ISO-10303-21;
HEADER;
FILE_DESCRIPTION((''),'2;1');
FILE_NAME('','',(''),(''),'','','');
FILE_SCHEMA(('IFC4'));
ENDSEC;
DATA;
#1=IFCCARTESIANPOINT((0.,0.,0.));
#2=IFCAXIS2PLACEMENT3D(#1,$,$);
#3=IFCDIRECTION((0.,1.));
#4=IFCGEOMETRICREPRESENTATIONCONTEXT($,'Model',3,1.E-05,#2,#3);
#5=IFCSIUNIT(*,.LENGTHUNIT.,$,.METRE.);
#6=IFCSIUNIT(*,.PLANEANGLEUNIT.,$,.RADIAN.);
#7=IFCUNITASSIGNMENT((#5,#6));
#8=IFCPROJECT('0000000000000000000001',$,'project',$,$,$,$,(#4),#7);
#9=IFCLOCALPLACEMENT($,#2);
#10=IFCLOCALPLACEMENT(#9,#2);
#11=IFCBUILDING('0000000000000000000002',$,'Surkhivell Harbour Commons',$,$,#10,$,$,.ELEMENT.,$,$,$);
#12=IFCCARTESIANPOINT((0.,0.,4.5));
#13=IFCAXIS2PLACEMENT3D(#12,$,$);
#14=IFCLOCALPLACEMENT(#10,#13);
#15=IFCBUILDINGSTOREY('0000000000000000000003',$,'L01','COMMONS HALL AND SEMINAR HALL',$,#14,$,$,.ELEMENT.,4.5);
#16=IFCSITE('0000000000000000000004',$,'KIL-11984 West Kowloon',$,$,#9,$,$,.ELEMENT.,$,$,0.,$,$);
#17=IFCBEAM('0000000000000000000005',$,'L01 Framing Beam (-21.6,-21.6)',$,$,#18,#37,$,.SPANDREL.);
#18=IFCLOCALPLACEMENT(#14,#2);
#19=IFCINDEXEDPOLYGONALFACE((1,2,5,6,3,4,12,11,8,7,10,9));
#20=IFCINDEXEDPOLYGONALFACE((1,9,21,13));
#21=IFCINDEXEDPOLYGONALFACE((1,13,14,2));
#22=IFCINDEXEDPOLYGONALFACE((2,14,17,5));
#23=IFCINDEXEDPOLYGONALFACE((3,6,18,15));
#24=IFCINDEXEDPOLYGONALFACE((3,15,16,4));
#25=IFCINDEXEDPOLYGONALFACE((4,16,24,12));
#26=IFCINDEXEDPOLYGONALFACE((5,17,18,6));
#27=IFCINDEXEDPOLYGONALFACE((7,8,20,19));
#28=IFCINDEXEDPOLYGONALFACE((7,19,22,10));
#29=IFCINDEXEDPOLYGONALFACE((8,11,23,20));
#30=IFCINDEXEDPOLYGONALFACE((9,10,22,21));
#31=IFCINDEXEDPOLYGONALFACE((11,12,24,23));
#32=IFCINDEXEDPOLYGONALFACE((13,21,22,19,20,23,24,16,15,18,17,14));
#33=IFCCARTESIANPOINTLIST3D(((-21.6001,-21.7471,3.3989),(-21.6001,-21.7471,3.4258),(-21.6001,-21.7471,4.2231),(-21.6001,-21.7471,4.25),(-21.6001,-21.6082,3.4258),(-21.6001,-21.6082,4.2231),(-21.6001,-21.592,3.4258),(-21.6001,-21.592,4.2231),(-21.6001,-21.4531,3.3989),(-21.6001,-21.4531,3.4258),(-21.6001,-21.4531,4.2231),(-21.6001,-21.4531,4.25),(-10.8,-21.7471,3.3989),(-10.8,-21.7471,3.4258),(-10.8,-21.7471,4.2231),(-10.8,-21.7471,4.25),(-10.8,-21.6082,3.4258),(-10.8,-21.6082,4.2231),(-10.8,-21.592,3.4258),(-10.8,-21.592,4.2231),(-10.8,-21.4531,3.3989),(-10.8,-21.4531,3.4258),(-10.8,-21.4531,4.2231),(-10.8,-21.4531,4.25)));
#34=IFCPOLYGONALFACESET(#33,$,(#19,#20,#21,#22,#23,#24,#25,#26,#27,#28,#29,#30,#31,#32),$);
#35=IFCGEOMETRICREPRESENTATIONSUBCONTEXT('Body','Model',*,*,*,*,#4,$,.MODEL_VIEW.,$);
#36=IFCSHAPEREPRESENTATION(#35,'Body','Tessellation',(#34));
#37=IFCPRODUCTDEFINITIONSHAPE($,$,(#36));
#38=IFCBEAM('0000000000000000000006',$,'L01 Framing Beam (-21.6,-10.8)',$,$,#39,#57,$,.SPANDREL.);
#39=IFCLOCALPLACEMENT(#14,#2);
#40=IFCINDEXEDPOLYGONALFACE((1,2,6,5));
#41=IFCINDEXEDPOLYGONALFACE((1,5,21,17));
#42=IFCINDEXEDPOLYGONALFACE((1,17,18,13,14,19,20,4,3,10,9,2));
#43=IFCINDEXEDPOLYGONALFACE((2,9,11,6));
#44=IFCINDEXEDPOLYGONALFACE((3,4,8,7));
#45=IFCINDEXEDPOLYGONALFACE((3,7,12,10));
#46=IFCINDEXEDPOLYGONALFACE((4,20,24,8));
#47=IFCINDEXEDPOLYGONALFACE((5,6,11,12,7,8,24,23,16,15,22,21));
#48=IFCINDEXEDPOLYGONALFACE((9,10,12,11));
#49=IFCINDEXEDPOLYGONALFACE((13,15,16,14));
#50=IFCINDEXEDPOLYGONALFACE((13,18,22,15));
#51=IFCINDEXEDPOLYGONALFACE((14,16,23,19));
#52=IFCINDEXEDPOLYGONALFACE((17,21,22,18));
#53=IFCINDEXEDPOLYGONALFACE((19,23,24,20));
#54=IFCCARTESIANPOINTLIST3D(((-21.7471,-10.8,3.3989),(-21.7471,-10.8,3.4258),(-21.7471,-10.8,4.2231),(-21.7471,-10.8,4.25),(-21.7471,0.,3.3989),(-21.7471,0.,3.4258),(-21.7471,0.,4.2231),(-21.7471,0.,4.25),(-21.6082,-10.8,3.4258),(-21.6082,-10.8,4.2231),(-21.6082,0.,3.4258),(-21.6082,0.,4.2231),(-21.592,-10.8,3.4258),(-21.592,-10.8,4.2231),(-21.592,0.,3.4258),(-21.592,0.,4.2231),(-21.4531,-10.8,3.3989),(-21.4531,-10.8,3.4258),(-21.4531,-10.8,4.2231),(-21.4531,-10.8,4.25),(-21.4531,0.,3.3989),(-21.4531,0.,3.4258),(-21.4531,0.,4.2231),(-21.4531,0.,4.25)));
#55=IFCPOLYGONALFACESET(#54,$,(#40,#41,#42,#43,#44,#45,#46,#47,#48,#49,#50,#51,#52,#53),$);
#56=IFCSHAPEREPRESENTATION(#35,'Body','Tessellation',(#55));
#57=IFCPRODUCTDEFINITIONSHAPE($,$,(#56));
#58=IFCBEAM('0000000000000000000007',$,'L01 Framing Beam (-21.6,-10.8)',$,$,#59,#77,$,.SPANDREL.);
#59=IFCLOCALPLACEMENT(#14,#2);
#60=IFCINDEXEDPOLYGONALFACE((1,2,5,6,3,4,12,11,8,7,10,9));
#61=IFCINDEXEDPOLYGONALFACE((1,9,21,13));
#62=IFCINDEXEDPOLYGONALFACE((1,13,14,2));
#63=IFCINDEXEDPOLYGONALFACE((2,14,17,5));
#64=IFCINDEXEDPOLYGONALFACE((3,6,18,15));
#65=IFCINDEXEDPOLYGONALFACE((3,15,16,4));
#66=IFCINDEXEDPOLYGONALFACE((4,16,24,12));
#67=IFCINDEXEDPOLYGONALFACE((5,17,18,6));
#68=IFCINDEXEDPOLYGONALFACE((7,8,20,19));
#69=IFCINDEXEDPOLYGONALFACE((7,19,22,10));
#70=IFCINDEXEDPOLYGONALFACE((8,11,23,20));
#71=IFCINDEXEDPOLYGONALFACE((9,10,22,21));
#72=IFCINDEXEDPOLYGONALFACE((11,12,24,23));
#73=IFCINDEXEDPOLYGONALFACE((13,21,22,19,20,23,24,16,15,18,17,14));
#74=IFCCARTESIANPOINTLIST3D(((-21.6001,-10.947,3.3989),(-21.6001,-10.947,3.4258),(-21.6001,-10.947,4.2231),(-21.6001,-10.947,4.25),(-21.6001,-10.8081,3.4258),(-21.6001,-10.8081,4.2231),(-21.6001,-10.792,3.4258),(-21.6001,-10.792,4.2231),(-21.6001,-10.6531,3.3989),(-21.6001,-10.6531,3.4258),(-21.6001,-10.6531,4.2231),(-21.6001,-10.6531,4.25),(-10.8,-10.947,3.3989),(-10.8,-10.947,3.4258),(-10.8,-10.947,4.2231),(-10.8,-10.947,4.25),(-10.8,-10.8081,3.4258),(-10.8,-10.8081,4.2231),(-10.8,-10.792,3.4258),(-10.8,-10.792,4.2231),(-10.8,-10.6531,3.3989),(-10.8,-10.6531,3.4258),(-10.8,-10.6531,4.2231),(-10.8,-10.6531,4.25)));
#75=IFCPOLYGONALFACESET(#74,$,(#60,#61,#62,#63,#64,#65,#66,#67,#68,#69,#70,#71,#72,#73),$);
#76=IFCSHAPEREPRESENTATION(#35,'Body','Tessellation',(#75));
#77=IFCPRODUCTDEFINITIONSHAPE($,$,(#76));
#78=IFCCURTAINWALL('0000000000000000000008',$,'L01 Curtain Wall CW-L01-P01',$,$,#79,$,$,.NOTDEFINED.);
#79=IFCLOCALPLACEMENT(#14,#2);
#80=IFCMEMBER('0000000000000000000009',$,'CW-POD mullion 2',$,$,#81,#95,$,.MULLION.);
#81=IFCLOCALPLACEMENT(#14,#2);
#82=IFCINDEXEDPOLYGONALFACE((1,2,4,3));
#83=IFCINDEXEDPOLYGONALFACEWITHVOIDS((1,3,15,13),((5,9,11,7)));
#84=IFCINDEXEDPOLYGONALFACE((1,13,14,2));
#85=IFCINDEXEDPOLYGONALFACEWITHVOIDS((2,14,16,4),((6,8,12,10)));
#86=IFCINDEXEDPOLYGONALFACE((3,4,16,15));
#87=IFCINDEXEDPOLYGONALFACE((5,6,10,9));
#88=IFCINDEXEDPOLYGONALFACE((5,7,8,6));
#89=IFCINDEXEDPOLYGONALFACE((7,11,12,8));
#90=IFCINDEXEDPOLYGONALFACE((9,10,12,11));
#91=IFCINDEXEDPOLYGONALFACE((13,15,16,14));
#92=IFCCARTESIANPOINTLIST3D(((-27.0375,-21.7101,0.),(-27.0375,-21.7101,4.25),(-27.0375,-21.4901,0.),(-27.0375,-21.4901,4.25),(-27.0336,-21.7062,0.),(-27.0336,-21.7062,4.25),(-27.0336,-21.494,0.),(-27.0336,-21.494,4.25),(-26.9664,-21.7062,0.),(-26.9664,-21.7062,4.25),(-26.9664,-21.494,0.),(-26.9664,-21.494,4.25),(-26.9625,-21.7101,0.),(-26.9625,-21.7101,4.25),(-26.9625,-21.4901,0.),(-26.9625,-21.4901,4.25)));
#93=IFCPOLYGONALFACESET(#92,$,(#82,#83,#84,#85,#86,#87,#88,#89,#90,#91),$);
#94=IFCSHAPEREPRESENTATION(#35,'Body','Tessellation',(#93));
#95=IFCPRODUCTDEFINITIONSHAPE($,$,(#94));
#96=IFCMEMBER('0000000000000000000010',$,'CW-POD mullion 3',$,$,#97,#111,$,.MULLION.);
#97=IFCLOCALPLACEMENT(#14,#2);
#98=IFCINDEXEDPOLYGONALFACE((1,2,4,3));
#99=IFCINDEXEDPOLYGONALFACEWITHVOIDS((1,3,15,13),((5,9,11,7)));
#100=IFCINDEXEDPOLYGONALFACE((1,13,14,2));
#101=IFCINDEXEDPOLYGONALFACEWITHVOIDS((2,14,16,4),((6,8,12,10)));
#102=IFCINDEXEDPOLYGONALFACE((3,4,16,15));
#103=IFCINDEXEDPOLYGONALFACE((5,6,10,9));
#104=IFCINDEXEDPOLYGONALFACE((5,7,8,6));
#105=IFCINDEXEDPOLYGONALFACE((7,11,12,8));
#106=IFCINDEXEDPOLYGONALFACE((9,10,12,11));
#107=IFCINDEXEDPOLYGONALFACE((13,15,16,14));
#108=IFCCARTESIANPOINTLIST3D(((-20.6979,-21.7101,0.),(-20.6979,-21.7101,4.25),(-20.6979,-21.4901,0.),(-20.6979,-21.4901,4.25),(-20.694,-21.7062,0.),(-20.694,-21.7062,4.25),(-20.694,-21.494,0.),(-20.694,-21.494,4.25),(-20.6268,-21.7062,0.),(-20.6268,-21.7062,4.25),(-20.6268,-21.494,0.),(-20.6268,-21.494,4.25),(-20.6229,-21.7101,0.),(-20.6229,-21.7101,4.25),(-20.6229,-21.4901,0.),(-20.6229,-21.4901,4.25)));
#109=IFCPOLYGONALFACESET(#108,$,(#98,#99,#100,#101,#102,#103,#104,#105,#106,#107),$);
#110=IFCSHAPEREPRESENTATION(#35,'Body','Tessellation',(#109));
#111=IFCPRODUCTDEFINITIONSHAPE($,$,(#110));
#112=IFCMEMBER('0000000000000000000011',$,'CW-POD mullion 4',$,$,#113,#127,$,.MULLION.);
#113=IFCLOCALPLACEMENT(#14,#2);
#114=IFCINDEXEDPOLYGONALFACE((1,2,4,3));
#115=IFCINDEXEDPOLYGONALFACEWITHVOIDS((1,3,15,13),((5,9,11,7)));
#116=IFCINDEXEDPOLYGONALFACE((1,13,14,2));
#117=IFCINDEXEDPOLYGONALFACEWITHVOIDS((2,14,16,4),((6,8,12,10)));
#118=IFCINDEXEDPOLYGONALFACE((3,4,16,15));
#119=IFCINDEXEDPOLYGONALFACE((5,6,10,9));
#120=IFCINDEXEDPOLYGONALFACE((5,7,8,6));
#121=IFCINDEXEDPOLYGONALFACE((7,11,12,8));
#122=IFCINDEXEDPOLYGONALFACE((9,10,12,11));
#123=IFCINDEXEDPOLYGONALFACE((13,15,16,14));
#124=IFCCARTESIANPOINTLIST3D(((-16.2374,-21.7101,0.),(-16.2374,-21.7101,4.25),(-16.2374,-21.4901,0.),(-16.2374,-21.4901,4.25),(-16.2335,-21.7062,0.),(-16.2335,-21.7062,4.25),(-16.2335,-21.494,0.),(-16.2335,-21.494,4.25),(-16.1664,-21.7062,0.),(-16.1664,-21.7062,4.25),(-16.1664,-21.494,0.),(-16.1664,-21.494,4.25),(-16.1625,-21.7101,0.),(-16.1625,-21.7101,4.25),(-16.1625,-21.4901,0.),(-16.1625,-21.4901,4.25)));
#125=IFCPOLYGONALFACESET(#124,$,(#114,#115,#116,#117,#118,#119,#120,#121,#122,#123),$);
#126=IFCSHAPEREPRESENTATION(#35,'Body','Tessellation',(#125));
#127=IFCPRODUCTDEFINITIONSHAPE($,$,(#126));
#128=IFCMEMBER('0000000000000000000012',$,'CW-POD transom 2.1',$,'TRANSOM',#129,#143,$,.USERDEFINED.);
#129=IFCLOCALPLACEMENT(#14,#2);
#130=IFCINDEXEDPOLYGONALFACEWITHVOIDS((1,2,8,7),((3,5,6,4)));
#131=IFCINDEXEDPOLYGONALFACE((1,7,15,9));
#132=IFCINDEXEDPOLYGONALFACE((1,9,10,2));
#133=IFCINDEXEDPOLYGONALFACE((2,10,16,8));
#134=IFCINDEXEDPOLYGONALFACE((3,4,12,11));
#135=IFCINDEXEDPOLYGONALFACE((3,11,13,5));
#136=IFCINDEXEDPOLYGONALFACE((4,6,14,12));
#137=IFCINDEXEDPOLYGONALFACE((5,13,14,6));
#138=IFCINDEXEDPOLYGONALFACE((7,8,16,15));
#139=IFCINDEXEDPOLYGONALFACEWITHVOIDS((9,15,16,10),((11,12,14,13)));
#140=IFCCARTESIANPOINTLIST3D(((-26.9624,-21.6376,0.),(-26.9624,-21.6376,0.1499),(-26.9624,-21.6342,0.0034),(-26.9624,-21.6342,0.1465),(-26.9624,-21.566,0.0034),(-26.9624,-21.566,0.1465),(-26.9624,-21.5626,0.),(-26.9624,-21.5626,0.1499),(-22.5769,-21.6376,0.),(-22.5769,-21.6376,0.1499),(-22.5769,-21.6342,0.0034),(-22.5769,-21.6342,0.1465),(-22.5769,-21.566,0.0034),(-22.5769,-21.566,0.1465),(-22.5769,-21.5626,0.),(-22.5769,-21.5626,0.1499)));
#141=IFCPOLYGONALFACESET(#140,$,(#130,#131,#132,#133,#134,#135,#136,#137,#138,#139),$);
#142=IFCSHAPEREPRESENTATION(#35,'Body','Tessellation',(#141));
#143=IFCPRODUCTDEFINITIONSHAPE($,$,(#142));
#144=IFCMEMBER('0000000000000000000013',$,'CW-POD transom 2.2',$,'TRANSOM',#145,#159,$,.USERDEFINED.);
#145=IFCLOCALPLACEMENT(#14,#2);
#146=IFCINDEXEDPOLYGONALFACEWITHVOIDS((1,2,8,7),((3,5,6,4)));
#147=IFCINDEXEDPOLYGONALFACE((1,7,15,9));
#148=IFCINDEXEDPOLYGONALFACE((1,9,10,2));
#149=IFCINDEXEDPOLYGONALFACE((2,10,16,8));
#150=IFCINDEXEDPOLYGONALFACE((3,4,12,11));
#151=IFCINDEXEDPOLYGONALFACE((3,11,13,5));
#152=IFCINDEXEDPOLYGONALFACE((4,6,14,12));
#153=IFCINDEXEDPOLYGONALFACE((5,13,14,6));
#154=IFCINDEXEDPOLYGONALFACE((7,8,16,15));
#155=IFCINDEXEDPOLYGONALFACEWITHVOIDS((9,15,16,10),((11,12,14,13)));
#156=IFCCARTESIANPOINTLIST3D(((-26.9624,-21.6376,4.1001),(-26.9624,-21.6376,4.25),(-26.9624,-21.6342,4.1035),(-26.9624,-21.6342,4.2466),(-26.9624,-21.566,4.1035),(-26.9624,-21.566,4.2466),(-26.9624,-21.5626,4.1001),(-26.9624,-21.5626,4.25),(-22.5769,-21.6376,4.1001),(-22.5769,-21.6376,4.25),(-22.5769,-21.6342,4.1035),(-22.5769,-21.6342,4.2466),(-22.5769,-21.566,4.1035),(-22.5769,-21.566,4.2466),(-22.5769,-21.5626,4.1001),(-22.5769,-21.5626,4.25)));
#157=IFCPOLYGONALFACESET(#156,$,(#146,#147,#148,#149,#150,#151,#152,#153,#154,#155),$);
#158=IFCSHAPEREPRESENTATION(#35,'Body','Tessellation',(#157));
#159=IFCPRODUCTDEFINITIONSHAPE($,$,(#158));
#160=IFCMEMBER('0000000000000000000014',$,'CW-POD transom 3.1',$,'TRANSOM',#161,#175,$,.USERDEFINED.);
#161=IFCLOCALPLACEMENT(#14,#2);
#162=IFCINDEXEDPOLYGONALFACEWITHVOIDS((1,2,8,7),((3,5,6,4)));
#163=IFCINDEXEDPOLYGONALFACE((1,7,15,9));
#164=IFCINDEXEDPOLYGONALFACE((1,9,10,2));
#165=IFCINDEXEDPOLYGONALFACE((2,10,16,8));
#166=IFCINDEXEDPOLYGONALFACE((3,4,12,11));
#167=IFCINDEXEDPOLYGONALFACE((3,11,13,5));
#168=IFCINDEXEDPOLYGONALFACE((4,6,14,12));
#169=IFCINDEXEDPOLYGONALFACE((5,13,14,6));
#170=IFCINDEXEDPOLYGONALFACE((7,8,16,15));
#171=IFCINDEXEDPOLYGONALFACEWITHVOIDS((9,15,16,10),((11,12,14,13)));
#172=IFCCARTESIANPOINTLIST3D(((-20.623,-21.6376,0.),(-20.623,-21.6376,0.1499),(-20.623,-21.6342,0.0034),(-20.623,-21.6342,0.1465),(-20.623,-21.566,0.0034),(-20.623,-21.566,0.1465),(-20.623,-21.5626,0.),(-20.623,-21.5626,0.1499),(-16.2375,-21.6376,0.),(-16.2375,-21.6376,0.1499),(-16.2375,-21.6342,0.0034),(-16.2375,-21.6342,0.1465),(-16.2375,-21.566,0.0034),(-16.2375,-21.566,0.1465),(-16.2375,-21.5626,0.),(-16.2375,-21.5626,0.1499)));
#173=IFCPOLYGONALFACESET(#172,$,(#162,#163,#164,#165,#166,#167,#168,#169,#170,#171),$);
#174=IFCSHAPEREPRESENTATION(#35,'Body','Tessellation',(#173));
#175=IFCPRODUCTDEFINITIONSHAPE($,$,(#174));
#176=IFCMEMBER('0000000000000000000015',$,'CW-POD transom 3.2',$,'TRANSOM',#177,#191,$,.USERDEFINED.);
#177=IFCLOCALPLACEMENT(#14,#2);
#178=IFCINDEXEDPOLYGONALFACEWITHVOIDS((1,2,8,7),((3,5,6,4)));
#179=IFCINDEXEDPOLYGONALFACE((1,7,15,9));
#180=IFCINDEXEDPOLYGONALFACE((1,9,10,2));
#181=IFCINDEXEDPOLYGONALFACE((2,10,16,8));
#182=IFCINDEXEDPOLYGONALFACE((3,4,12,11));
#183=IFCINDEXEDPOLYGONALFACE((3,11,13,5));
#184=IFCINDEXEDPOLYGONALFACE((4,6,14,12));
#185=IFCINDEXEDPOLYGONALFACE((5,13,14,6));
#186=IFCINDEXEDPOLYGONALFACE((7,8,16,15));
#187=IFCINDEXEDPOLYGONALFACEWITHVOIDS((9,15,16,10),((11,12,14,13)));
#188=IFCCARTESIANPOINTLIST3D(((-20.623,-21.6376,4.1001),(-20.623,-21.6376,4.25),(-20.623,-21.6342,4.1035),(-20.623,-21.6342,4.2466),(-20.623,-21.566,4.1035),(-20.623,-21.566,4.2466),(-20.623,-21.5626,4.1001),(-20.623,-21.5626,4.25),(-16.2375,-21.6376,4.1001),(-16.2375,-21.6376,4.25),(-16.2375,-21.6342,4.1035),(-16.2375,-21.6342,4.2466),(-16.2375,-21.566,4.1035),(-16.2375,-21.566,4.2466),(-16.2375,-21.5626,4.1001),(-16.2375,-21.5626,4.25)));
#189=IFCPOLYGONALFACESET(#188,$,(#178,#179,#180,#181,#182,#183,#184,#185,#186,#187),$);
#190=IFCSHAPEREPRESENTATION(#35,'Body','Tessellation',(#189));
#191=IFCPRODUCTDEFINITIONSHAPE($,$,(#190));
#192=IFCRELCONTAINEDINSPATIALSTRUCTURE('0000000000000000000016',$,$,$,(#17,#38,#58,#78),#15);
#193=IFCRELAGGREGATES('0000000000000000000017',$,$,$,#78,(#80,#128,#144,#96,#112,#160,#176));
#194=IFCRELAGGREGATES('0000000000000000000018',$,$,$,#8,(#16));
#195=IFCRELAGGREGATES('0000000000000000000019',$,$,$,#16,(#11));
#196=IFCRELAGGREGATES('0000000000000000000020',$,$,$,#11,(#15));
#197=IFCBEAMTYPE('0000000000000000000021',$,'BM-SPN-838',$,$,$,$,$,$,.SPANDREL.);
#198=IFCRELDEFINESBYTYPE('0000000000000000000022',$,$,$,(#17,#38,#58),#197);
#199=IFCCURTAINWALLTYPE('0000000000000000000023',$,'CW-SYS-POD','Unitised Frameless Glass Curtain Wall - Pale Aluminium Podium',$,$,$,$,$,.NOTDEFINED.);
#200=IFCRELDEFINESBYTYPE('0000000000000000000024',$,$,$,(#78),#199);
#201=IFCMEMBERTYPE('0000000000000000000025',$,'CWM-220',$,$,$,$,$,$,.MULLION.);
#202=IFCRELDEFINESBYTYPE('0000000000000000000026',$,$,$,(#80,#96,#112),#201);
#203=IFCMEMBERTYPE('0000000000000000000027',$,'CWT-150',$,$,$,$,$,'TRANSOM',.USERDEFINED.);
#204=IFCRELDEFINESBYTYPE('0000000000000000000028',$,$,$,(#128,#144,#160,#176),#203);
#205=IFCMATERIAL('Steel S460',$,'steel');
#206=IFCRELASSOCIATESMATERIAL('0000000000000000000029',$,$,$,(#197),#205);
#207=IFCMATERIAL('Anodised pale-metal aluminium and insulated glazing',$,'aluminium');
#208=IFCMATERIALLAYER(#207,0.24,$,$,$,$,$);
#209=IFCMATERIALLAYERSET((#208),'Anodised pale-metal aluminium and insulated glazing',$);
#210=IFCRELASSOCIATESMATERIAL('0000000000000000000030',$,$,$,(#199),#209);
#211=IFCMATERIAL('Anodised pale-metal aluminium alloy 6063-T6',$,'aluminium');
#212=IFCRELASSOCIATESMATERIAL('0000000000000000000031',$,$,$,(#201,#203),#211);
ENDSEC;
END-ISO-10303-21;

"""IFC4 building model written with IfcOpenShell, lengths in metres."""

from ifc_helpers import new_model, si_unit, direction, frame, origin, origin_2d, place, context, subcontext, project, spatial, hollow_rectangle, i_section, extrude, material, layer, layer_set, material_profile, profile_set, type_object, element, aggregate, save


model = new_model("IFC4")

# Units and contexts
model_context = context("Model", 3, precision=1e-05, world=origin(), true_north=direction((0.0, 1.0)))
body_context = subcontext(model_context, "Body", "Model", "MODEL_VIEW")
ifc_project = project(units=[si_unit("LENGTHUNIT", "METRE"), si_unit("PLANEANGLEUNIT", "RADIAN")], contexts=[model_context])

# Site, building, storey
site_placement = place(None, origin())
site = spatial("IfcSite", under=ifc_project, at=site_placement, Name="KIL-11984 West Kowloon", CompositionType="ELEMENT", RefElevation=0.0)
building_placement = place(site_placement, origin())
building = spatial("IfcBuilding", under=site, at=building_placement, Name="Surkhivell Harbour Commons", CompositionType="ELEMENT")
storey_placement = place(building_placement, frame((0.0, 0.0, 4.5)))
storey = spatial("IfcBuildingStorey", under=building, at=storey_placement, Name="L01", Description="COMMONS HALL AND SEMINAR HALL", CompositionType="ELEMENT", Elevation=4.5)

# Beams
ifc_material_1 = material(Name="Steel S460", Category="steel")
ifc_material_profile_1 = material_profile(ifc_material_1, i_section(OverallWidth=0.2939, OverallDepth=0.8511, WebThickness=0.0161, FlangeThickness=0.0269, at=origin_2d()), Name="UB838x292x226")
ifc_profile_set_1 = profile_set([ifc_material_profile_1], Name="Steel S460")
beam_type = type_object("IfcBeamType", Name="BM-SPN-838", PredefinedType="SPANDREL", material=ifc_profile_set_1)
for number, where, z_axis, x_axis, name in (
    (1, (-21.6001, -21.6001, 3.8245), (1.0, 0.0, 0.0), (0.0, 1.0, 0.0), "L01 Framing Beam (-21.6,-21.6)"),
    (2, (-21.6001, -10.8, 3.8245), (0.0, 1.0, 0.0), (-1.0, 0.0, 0.0), "L01 Framing Beam (-21.6,-10.8)"),
    (3, (-21.6001, -10.8, 3.8245), (1.0, 0.0, 0.0), (0.0, 1.0, 0.0), "L01 Framing Beam (-21.6,-10.8)"),
):
    element("IfcBeam", number, at=place(storey_placement, frame(where, z_axis=z_axis, x_axis=x_axis)), inside=storey, type_object=beam_type, Name=name, PredefinedType="SPANDREL", context=body_context, shape_type="SweptSolid", body=[
        extrude(i_section(OverallWidth=0.2939, OverallDepth=0.8511, WebThickness=0.0161, FlangeThickness=0.0269, at=origin_2d()), origin(), (0.0, 0.0, 1.0), 10.8),
    ])

# Curtain wall, members
ifc_material_2 = material(Name="Anodised pale-metal aluminium and insulated glazing", Category="aluminium")
ifc_layer_1 = layer(ifc_material_2, 0.24)
ifc_layer_set_1 = layer_set([ifc_layer_1], Name="Anodised pale-metal aluminium and insulated glazing")
curtain_wall_type = type_object("IfcCurtainWallType", Name="CW-SYS-POD", Description="Unitised Frameless Glass Curtain Wall - Pale Aluminium Podium", PredefinedType="NOTDEFINED", material=ifc_layer_set_1)
curtain_wall_placement = place(storey_placement, origin())
curtain_wall = element("IfcCurtainWall", 4, at=curtain_wall_placement, inside=storey, type_object=curtain_wall_type, Name="L01 Curtain Wall CW-L01-P01", PredefinedType="NOTDEFINED")
ifc_material_3 = material(Name="Anodised pale-metal aluminium alloy 6063-T6", Category="aluminium")
ifc_material_profile_2 = material_profile(ifc_material_3, hollow_rectangle(XDim=0.075, YDim=0.22, WallThickness=0.0039, at=origin_2d()), Name="ALU-MULL-75x220")
ifc_profile_set_2 = profile_set([ifc_material_profile_2], Name="Anodised pale-metal aluminium alloy 6063-T6")
member_type_1 = type_object("IfcMemberType", Name="CWM-220", PredefinedType="MULLION", material=ifc_profile_set_2)
member_1_placement = place(storey_placement, frame((-27.0, -21.6001, 0.0), z_axis=(0.0, 0.0, 1.0), x_axis=(1.0, 0.0, 0.0)))
member_1 = element("IfcMember", 5, at=member_1_placement, type_object=member_type_1, Name="CW-POD mullion 2", PredefinedType="MULLION", context=body_context, shape_type="SweptSolid", body=[
    extrude(hollow_rectangle(XDim=0.075, YDim=0.22, WallThickness=0.0039, at=origin_2d()), origin(), (0.0, 0.0, 1.0), 4.25),
])
member_2_placement = place(storey_placement, frame((-20.6604, -21.6001, 0.0), z_axis=(0.0, 0.0, 1.0), x_axis=(1.0, 0.0, 0.0)))
member_2 = element("IfcMember", 6, at=member_2_placement, type_object=member_type_1, Name="CW-POD mullion 3", PredefinedType="MULLION", context=body_context, shape_type="SweptSolid", body=[
    extrude(hollow_rectangle(XDim=0.075, YDim=0.22, WallThickness=0.0039, at=origin_2d()), origin(), (0.0, 0.0, 1.0), 4.25),
])
member_3_placement = place(storey_placement, frame((-16.2, -21.6001, 0.0), z_axis=(0.0, 0.0, 1.0), x_axis=(1.0, 0.0, 0.0)))
member_3 = element("IfcMember", 7, at=member_3_placement, type_object=member_type_1, Name="CW-POD mullion 4", PredefinedType="MULLION", context=body_context, shape_type="SweptSolid", body=[
    extrude(hollow_rectangle(XDim=0.075, YDim=0.22, WallThickness=0.0039, at=origin_2d()), origin(), (0.0, 0.0, 1.0), 4.25),
])
ifc_material_profile_3 = material_profile(ifc_material_3, hollow_rectangle(XDim=0.075, YDim=0.1499, WallThickness=0.0034, at=origin_2d()), Name="ALU-TRAN-75x150")
ifc_profile_set_3 = profile_set([ifc_material_profile_3], Name="Anodised pale-metal aluminium alloy 6063-T6")
member_type_2 = type_object("IfcMemberType", Name="CWT-150", ElementType="TRANSOM", PredefinedType="USERDEFINED", material=ifc_profile_set_3)
member_4_placement = place(storey_placement, frame((-26.9624, -21.6001, 0.075), z_axis=(1.0, 0.0, 0.0), x_axis=(0.0, 1.0, 0.0)))
member_4 = element("IfcMember", 8, at=member_4_placement, type_object=member_type_2, Name="CW-POD transom 2.1", ObjectType="TRANSOM", PredefinedType="USERDEFINED", context=body_context, shape_type="SweptSolid", body=[
    extrude(hollow_rectangle(XDim=0.075, YDim=0.1499, WallThickness=0.0034, at=origin_2d()), origin(), (0.0, 0.0, 1.0), 4.3855),
])
member_5_placement = place(storey_placement, frame((-26.9624, -21.6001, 4.175), z_axis=(1.0, 0.0, 0.0), x_axis=(0.0, 1.0, 0.0)))
member_5 = element("IfcMember", 9, at=member_5_placement, type_object=member_type_2, Name="CW-POD transom 2.2", ObjectType="TRANSOM", PredefinedType="USERDEFINED", context=body_context, shape_type="SweptSolid", body=[
    extrude(hollow_rectangle(XDim=0.075, YDim=0.1499, WallThickness=0.0034, at=origin_2d()), origin(), (0.0, 0.0, 1.0), 4.3855),
])
member_6_placement = place(storey_placement, frame((-20.623, -21.6001, 0.075), z_axis=(1.0, 0.0, 0.0), x_axis=(0.0, 1.0, 0.0)))
member_6 = element("IfcMember", 10, at=member_6_placement, type_object=member_type_2, Name="CW-POD transom 3.1", ObjectType="TRANSOM", PredefinedType="USERDEFINED", context=body_context, shape_type="SweptSolid", body=[
    extrude(hollow_rectangle(XDim=0.075, YDim=0.1499, WallThickness=0.0034, at=origin_2d()), origin(), (0.0, 0.0, 1.0), 4.3855),
])
member_7_placement = place(storey_placement, frame((-20.623, -21.6001, 4.175), z_axis=(1.0, 0.0, 0.0), x_axis=(0.0, 1.0, 0.0)))
member_7 = element("IfcMember", 11, at=member_7_placement, type_object=member_type_2, Name="CW-POD transom 3.2", ObjectType="TRANSOM", PredefinedType="USERDEFINED", context=body_context, shape_type="SweptSolid", body=[
    extrude(hollow_rectangle(XDim=0.075, YDim=0.1499, WallThickness=0.0034, at=origin_2d()), origin(), (0.0, 0.0, 1.0), 4.3855),
])
aggregate(curtain_wall, [member_1, member_4, member_5, member_2, member_3, member_6, member_7])

save(model, "model.ifc")
